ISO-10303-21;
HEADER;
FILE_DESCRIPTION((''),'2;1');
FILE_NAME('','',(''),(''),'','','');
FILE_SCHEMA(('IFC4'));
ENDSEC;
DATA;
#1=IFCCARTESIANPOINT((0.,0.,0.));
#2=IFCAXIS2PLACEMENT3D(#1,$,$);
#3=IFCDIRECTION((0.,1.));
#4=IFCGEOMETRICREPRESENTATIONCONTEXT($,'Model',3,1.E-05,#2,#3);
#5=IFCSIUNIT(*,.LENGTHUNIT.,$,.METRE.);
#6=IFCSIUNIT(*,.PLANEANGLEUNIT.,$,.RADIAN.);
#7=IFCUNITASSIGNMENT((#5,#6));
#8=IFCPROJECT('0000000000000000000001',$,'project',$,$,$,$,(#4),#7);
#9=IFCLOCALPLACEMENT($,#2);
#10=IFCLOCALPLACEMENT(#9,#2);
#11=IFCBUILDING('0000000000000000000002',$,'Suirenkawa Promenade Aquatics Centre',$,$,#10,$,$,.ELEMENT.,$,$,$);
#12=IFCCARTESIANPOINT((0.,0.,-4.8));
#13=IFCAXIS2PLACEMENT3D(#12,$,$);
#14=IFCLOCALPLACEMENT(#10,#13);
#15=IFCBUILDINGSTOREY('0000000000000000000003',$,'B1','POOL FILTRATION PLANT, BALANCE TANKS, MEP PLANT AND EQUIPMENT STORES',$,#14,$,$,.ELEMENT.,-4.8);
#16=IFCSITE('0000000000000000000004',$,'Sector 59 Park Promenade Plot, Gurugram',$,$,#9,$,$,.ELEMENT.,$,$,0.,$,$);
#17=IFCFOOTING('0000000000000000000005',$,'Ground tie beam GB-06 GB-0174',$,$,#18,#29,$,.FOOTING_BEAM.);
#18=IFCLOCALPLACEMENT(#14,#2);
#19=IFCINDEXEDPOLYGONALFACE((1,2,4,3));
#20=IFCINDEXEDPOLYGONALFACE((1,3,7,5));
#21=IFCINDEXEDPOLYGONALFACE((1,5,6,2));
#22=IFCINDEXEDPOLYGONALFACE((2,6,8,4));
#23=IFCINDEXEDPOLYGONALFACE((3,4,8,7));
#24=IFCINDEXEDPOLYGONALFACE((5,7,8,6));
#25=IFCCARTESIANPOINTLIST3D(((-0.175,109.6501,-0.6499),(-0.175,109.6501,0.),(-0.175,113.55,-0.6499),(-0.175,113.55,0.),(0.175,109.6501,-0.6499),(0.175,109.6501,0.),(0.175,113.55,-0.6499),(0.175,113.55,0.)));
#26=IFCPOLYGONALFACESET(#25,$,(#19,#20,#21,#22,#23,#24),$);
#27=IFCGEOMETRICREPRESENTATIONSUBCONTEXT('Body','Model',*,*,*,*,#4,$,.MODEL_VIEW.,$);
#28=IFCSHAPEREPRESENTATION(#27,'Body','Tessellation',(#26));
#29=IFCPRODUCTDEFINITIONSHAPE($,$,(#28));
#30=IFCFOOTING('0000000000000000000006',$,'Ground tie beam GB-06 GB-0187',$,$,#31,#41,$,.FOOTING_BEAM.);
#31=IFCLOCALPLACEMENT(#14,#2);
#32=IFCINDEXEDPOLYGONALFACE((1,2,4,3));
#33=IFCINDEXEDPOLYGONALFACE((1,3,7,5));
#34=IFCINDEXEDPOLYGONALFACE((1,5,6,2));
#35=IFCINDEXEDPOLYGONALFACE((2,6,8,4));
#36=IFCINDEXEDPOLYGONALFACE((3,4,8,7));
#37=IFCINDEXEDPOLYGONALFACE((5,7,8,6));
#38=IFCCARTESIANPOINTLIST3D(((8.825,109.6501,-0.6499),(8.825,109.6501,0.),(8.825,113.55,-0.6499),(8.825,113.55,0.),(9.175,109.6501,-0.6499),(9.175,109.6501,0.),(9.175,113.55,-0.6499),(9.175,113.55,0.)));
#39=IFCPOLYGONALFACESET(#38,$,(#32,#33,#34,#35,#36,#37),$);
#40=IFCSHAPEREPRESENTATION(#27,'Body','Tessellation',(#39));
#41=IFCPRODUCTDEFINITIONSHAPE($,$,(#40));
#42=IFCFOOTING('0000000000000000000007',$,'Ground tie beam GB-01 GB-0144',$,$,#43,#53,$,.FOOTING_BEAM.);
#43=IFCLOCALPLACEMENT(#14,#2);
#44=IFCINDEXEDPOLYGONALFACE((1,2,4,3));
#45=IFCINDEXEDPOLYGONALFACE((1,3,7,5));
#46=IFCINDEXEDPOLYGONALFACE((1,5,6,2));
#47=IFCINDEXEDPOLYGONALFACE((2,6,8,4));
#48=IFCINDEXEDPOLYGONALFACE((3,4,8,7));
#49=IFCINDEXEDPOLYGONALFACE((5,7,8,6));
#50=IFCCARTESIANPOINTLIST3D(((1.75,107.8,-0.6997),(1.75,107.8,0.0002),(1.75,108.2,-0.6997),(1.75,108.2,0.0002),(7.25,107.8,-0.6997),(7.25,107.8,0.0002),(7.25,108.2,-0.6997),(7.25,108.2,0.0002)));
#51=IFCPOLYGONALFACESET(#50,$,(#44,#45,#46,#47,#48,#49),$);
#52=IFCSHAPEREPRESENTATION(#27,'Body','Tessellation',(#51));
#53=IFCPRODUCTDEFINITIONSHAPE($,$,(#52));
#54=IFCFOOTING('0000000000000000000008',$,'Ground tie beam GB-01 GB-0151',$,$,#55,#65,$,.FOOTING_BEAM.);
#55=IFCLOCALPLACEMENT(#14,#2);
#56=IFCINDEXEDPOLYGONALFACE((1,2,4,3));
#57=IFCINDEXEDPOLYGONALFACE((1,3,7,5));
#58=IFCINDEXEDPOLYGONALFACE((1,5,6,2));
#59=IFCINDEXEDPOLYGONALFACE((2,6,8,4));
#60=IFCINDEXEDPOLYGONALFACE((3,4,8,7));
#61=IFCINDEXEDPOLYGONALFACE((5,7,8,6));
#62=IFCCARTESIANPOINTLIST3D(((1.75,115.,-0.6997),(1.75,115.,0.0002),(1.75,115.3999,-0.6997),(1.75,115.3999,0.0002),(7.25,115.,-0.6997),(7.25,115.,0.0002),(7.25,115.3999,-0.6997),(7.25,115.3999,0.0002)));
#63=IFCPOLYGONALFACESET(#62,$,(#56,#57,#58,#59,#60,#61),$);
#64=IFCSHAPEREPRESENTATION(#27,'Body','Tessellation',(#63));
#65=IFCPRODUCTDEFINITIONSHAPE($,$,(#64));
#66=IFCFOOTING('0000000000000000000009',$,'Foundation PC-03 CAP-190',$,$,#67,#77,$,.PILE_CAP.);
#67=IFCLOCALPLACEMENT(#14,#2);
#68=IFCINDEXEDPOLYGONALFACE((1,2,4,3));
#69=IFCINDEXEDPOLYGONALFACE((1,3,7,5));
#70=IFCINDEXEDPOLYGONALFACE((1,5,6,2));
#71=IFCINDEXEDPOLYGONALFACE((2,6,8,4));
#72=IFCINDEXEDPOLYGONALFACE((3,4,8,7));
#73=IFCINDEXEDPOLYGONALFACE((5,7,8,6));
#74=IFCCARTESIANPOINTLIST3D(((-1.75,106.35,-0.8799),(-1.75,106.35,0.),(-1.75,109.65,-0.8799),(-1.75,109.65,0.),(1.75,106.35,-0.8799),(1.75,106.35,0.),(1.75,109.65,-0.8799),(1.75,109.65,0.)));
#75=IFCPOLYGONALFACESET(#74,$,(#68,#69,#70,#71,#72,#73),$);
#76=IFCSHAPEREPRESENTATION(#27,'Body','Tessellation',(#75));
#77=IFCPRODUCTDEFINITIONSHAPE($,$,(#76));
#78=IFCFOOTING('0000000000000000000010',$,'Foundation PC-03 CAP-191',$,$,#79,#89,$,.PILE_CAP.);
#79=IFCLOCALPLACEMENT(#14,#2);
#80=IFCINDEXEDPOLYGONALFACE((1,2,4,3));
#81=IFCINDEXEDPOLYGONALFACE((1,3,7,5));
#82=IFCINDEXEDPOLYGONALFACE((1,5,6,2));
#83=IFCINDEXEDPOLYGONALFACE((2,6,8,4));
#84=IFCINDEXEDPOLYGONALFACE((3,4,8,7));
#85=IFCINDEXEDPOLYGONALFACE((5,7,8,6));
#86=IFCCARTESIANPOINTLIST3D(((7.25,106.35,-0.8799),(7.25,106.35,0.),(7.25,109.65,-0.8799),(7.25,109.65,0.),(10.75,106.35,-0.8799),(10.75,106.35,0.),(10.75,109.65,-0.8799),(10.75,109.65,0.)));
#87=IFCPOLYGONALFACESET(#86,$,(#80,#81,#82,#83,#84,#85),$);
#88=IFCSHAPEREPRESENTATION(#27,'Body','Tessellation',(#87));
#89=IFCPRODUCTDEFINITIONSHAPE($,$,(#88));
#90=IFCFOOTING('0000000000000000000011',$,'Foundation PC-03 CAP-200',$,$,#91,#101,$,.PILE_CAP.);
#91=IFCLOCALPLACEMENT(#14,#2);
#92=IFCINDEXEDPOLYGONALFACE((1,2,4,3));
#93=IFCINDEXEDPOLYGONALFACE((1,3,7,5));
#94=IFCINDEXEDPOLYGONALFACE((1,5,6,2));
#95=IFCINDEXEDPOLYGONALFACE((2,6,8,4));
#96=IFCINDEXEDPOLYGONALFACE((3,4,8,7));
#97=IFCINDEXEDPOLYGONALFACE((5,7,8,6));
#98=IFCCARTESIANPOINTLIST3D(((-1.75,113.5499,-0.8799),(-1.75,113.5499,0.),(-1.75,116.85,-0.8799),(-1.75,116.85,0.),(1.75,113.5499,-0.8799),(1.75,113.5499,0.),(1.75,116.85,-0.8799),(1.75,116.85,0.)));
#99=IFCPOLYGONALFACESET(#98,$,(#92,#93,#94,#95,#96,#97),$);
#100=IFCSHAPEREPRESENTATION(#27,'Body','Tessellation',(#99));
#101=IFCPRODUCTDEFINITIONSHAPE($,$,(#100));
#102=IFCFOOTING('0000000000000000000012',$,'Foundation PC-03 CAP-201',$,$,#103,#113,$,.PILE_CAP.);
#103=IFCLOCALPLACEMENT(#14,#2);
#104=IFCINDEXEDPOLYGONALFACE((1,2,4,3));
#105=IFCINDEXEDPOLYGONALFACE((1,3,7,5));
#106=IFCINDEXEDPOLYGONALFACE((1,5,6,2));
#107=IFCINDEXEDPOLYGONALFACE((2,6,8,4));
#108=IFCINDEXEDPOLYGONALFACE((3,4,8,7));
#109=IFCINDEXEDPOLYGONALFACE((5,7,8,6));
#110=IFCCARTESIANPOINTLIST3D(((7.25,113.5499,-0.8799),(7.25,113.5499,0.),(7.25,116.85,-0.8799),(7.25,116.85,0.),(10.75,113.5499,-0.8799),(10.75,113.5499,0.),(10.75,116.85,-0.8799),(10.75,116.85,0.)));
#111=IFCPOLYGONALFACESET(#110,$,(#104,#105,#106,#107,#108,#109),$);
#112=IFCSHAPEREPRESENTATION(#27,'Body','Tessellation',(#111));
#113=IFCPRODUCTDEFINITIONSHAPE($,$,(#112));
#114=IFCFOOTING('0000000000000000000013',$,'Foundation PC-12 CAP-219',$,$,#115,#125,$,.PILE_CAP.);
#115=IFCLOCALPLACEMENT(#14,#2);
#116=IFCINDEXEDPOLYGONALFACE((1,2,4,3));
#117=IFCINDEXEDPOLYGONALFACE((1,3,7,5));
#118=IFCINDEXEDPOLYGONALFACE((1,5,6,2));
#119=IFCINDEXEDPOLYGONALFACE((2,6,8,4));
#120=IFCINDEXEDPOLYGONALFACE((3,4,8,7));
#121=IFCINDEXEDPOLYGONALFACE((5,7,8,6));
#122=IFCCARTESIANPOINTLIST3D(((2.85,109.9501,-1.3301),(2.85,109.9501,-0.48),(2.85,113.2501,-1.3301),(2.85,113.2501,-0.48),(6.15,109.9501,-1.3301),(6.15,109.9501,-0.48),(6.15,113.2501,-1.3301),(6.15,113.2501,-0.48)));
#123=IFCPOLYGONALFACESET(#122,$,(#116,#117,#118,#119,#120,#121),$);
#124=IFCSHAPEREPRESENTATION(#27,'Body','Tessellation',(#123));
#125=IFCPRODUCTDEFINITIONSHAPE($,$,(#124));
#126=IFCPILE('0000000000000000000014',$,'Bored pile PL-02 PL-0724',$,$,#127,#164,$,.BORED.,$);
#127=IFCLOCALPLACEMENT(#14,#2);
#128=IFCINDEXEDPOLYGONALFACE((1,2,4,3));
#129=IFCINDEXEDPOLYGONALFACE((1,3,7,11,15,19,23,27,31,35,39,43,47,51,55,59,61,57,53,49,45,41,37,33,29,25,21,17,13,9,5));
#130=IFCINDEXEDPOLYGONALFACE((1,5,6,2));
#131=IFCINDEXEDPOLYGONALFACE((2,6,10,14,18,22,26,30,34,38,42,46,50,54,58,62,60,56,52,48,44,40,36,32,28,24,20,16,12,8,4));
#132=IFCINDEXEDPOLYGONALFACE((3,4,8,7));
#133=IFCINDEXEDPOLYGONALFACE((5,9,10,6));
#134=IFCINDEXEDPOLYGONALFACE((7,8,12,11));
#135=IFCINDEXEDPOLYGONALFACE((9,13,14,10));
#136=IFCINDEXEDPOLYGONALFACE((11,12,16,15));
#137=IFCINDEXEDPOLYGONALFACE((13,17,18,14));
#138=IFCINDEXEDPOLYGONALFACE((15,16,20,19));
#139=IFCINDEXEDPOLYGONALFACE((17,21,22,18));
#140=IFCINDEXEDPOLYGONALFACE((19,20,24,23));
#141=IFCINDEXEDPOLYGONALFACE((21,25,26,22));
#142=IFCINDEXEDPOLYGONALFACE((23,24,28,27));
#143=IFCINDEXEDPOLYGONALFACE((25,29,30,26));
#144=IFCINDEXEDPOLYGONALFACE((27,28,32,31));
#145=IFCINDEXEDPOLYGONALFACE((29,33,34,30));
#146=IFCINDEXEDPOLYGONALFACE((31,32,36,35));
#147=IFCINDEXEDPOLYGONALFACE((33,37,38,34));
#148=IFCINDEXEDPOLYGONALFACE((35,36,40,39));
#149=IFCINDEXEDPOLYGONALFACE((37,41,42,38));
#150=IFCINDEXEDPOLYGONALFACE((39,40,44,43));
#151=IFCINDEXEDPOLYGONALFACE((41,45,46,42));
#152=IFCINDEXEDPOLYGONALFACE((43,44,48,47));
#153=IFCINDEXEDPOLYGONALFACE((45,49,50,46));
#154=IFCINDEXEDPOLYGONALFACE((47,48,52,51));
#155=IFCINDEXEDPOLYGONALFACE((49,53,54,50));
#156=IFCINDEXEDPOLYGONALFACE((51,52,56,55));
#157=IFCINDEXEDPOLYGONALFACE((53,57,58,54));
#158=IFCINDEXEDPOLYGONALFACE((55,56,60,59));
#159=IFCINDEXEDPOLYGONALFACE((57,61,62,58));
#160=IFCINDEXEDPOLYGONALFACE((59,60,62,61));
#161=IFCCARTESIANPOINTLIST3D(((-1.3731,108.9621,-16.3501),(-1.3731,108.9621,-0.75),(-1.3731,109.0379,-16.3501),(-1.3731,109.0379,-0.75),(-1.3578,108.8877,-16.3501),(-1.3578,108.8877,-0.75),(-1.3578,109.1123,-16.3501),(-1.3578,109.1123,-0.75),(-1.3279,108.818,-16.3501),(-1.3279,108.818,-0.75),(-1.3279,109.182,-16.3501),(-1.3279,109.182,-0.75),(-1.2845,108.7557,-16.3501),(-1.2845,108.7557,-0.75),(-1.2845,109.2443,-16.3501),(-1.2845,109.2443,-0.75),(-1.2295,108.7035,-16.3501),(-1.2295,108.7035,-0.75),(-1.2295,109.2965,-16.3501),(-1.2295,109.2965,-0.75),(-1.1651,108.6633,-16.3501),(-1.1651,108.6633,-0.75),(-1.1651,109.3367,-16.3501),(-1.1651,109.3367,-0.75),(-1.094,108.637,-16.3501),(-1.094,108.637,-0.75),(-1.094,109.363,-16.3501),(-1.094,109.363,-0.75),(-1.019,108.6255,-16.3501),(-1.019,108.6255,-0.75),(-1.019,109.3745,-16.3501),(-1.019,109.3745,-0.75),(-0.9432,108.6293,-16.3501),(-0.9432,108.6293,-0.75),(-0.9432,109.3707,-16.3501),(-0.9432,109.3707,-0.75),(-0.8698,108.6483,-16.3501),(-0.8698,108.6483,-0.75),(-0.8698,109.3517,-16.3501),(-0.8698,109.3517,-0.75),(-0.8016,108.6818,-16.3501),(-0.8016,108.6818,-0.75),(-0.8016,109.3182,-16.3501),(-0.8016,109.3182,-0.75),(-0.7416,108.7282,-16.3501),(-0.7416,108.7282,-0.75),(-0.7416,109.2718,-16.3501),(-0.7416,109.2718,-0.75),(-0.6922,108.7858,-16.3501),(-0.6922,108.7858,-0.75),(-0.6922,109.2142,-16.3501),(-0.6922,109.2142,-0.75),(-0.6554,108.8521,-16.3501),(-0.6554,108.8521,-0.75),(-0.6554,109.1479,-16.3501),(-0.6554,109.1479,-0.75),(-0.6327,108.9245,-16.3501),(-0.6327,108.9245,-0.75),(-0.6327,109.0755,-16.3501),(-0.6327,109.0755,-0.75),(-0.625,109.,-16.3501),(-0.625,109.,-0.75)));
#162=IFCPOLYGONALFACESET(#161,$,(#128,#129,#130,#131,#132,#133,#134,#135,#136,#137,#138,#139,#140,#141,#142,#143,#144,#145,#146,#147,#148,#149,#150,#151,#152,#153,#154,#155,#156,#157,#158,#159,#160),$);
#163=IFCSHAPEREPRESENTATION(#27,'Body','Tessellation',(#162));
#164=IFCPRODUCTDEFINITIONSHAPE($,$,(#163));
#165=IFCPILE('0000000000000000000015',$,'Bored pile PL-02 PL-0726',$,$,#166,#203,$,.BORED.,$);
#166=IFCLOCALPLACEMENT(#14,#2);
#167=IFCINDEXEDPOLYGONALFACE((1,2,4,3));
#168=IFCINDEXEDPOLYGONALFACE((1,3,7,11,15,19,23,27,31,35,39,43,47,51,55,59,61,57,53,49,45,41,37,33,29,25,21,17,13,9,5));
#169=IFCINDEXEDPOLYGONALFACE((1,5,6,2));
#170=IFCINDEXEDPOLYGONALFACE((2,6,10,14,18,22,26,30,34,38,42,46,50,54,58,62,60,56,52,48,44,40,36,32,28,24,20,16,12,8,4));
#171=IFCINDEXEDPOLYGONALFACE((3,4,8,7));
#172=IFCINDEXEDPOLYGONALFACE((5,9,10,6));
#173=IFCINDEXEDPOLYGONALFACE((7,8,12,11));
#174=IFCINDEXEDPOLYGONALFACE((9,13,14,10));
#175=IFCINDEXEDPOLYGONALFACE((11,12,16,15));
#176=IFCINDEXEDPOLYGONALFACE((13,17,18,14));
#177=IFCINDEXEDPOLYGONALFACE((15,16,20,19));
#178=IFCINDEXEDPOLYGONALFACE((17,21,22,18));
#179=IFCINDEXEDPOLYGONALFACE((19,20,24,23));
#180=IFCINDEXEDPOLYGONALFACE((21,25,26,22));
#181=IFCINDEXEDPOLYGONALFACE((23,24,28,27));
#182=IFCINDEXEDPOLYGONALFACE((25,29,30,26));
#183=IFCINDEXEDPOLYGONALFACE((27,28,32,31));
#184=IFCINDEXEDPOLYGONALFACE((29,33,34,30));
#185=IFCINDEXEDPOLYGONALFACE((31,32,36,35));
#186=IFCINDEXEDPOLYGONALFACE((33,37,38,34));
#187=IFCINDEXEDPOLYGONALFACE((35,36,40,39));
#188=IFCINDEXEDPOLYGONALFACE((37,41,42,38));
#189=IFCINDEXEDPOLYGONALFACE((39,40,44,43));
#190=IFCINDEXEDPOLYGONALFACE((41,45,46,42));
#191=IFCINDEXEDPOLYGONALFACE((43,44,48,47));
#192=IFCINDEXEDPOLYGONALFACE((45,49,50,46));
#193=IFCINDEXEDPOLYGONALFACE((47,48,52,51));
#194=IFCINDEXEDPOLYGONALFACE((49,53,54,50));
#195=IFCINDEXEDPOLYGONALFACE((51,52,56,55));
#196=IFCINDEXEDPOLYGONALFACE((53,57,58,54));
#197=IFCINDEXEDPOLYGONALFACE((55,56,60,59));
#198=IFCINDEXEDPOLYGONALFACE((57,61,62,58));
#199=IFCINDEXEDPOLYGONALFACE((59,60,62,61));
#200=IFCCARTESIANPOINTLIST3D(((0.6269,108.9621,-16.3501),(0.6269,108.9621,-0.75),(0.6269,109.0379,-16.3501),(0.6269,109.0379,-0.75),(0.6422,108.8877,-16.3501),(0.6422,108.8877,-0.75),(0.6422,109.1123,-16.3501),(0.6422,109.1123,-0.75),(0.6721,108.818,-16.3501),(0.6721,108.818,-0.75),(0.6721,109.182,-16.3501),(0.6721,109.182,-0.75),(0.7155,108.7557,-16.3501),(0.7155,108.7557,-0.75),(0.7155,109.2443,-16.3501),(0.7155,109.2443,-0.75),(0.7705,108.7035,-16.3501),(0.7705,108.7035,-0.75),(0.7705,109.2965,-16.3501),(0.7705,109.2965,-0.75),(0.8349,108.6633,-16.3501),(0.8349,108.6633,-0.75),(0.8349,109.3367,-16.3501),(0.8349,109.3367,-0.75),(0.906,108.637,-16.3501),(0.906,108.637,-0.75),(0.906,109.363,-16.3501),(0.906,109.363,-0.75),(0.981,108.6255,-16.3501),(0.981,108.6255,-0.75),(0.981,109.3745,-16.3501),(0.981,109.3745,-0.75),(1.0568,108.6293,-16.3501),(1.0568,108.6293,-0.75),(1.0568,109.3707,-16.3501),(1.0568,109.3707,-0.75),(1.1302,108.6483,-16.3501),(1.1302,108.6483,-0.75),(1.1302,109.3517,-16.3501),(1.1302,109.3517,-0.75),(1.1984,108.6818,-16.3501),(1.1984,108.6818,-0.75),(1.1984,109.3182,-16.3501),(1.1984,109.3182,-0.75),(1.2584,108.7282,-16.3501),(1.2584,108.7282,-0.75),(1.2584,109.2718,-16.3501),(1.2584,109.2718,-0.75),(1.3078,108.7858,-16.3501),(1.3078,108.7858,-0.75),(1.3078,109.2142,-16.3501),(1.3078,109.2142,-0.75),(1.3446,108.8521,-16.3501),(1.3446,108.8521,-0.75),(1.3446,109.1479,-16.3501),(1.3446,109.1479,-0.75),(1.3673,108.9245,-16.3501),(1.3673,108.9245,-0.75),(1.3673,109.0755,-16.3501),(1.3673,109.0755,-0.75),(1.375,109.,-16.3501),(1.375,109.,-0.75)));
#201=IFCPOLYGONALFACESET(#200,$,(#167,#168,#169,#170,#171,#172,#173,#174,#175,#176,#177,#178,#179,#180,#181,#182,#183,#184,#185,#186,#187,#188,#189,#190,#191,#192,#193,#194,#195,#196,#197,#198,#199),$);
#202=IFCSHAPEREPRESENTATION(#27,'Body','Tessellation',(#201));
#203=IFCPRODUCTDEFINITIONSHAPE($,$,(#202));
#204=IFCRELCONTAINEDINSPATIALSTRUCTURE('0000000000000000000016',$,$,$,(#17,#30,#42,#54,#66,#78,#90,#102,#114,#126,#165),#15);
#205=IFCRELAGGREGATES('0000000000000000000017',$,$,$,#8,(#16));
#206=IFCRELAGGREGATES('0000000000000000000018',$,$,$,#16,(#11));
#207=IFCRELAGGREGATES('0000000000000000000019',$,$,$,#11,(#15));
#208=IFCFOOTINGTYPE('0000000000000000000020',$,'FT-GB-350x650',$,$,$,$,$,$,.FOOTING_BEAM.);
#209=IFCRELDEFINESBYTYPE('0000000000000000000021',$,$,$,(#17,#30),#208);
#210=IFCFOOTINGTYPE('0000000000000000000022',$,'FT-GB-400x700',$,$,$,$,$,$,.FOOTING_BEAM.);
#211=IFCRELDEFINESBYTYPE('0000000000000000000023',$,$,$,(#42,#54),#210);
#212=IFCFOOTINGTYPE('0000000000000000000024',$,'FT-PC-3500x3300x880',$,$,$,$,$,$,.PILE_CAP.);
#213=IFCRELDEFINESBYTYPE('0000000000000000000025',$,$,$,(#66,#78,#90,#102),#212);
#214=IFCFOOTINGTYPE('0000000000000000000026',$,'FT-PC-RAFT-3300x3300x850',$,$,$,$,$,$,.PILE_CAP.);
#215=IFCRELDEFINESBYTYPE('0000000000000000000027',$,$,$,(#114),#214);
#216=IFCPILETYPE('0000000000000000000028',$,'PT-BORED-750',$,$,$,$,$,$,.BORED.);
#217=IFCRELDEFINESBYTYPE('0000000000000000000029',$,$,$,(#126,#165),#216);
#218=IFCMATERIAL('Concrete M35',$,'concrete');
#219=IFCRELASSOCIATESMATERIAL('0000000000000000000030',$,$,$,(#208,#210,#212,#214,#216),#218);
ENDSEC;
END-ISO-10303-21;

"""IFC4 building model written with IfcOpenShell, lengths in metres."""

from ifc_helpers import new_model, si_unit, direction, frame, origin, origin_2d, place, context, subcontext, project, spatial, rectangle, circle, extrude, material, material_profile, profile_set, type_object, element, save


model = new_model("IFC4")

# Units and contexts
model_context = context("Model", 3, precision=1e-05, world=origin(), true_north=direction((0.0, 1.0)))
body_context = subcontext(model_context, "Body", "Model", "MODEL_VIEW")
ifc_project = project(units=[si_unit("LENGTHUNIT", "METRE"), si_unit("PLANEANGLEUNIT", "RADIAN")], contexts=[model_context])

# Site, building, storey
site_placement = place(None, origin())
site = spatial("IfcSite", under=ifc_project, at=site_placement, Name="Sector 59 Park Promenade Plot, Gurugram", CompositionType="ELEMENT", RefElevation=0.0)
building_placement = place(site_placement, origin())
building = spatial("IfcBuilding", under=site, at=building_placement, Name="Suirenkawa Promenade Aquatics Centre", CompositionType="ELEMENT")
storey_placement = place(building_placement, frame((0.0, 0.0, -4.8)))
storey = spatial("IfcBuildingStorey", under=building, at=storey_placement, Name="B1", Description="POOL FILTRATION PLANT, BALANCE TANKS, MEP PLANT AND EQUIPMENT STORES", CompositionType="ELEMENT", Elevation=-4.8)

# Footings
ifc_material_1 = material(Name="Concrete M35", Category="concrete")
footing_type_1 = type_object("IfcFootingType", Name="FT-GB-350x650", PredefinedType="FOOTING_BEAM", material=ifc_material_1)
for number, where, z_axis, x_axis, name in (
    (1, (0.0, 111.6001, -0.6499), (0.0, 0.0, 1.0), (0.0, 1.0, 0.0), "Ground tie beam GB-06 GB-0174"),
    (2, (9.0, 111.6001, -0.6499), (0.0, 0.0, 1.0), (0.0, 1.0, 0.0), "Ground tie beam GB-06 GB-0187"),
):
    element("IfcFooting", number, at=place(storey_placement, frame(where, z_axis=z_axis, x_axis=x_axis)), inside=storey, type_object=footing_type_1, Name=name, PredefinedType="FOOTING_BEAM", context=body_context, shape_type="SweptSolid", body=[
        extrude(rectangle(XDim=3.8999, YDim=0.3501, at=origin_2d()), origin(), (0.0, 0.0, 1.0), 0.6499),
    ])
footing_type_2 = type_object("IfcFootingType", Name="FT-GB-400x700", PredefinedType="FOOTING_BEAM", material=ifc_material_1)
for number, where, z_axis, x_axis, name in (
    (3, (4.5, 108.0, -0.6997), (0.0, 0.0, 1.0), (1.0, 0.0, 0.0), "Ground tie beam GB-01 GB-0144"),
    (4, (4.5, 115.2, -0.6997), (0.0, 0.0, 1.0), (1.0, 0.0, 0.0), "Ground tie beam GB-01 GB-0151"),
):
    element("IfcFooting", number, at=place(storey_placement, frame(where, z_axis=z_axis, x_axis=x_axis)), inside=storey, type_object=footing_type_2, Name=name, PredefinedType="FOOTING_BEAM", context=body_context, shape_type="SweptSolid", body=[
        extrude(rectangle(XDim=5.5, YDim=0.3999, at=origin_2d()), origin(), (0.0, 0.0, 1.0), 0.7),
    ])
footing_type_3 = type_object("IfcFootingType", Name="FT-PC-3500x3300x880", PredefinedType="PILE_CAP", material=ifc_material_1)
for number, where, z_axis, x_axis, name in (
    (5, (0.0, 108.0, -0.8799), (0.0, 0.0, 1.0), (1.0, 0.0, 0.0), "Foundation PC-03 CAP-190"),
    (6, (9.0, 108.0, -0.8799), (0.0, 0.0, 1.0), (1.0, 0.0, 0.0), "Foundation PC-03 CAP-191"),
    (7, (0.0, 115.2, -0.8799), (0.0, 0.0, 1.0), (1.0, 0.0, 0.0), "Foundation PC-03 CAP-200"),
    (8, (9.0, 115.2, -0.8799), (0.0, 0.0, 1.0), (1.0, 0.0, 0.0), "Foundation PC-03 CAP-201"),
):
    element("IfcFooting", number, at=place(storey_placement, frame(where, z_axis=z_axis, x_axis=x_axis)), inside=storey, type_object=footing_type_3, Name=name, PredefinedType="PILE_CAP", context=body_context, shape_type="SweptSolid", body=[
        extrude(rectangle(XDim=3.5, YDim=3.3, at=origin_2d()), origin(), (0.0, 0.0, 1.0), 0.8799),
    ])
footing_type_4 = type_object("IfcFootingType", Name="FT-PC-RAFT-3300x3300x850", PredefinedType="PILE_CAP", material=ifc_material_1)
footing_placement = place(storey_placement, frame((4.5, 111.6001, -1.3301), z_axis=(0.0, 0.0, 1.0), x_axis=(1.0, 0.0, 0.0)))
element("IfcFooting", 9, at=footing_placement, inside=storey, type_object=footing_type_4, Name="Foundation PC-12 CAP-219", PredefinedType="PILE_CAP", context=body_context, shape_type="SweptSolid", body=[
    extrude(rectangle(XDim=3.3, YDim=3.3, at=origin_2d()), origin(), (0.0, 0.0, 1.0), 0.8501),
])

# Piles
ifc_material_profile_1 = material_profile(ifc_material_1, circle(Radius=0.375, at=origin_2d()), Name="PILE D750", Category="concrete")
ifc_profile_set_1 = profile_set([ifc_material_profile_1], Name="Concrete M35")
pile_type = type_object("IfcPileType", Name="PT-BORED-750", PredefinedType="BORED", material=ifc_profile_set_1)
for number, where, z_axis, x_axis, name in (
    (10, (-1.0, 109.0, -0.75), (0.0, 0.0, -1.0), (1.0, 0.0, 0.0), "Bored pile PL-02 PL-0724"),
    (11, (1.0, 109.0, -0.75), (0.0, 0.0, -1.0), (1.0, 0.0, 0.0), "Bored pile PL-02 PL-0726"),
):
    element("IfcPile", number, at=place(storey_placement, frame(where, z_axis=z_axis, x_axis=x_axis)), inside=storey, type_object=pile_type, Name=name, PredefinedType="BORED", context=body_context, shape_type="SweptSolid", body=[
        extrude(circle(Radius=0.375, at=origin_2d()), origin(), (0.0, 0.0, 1.0), 15.6001),
    ])

save(model, "model.ifc")
